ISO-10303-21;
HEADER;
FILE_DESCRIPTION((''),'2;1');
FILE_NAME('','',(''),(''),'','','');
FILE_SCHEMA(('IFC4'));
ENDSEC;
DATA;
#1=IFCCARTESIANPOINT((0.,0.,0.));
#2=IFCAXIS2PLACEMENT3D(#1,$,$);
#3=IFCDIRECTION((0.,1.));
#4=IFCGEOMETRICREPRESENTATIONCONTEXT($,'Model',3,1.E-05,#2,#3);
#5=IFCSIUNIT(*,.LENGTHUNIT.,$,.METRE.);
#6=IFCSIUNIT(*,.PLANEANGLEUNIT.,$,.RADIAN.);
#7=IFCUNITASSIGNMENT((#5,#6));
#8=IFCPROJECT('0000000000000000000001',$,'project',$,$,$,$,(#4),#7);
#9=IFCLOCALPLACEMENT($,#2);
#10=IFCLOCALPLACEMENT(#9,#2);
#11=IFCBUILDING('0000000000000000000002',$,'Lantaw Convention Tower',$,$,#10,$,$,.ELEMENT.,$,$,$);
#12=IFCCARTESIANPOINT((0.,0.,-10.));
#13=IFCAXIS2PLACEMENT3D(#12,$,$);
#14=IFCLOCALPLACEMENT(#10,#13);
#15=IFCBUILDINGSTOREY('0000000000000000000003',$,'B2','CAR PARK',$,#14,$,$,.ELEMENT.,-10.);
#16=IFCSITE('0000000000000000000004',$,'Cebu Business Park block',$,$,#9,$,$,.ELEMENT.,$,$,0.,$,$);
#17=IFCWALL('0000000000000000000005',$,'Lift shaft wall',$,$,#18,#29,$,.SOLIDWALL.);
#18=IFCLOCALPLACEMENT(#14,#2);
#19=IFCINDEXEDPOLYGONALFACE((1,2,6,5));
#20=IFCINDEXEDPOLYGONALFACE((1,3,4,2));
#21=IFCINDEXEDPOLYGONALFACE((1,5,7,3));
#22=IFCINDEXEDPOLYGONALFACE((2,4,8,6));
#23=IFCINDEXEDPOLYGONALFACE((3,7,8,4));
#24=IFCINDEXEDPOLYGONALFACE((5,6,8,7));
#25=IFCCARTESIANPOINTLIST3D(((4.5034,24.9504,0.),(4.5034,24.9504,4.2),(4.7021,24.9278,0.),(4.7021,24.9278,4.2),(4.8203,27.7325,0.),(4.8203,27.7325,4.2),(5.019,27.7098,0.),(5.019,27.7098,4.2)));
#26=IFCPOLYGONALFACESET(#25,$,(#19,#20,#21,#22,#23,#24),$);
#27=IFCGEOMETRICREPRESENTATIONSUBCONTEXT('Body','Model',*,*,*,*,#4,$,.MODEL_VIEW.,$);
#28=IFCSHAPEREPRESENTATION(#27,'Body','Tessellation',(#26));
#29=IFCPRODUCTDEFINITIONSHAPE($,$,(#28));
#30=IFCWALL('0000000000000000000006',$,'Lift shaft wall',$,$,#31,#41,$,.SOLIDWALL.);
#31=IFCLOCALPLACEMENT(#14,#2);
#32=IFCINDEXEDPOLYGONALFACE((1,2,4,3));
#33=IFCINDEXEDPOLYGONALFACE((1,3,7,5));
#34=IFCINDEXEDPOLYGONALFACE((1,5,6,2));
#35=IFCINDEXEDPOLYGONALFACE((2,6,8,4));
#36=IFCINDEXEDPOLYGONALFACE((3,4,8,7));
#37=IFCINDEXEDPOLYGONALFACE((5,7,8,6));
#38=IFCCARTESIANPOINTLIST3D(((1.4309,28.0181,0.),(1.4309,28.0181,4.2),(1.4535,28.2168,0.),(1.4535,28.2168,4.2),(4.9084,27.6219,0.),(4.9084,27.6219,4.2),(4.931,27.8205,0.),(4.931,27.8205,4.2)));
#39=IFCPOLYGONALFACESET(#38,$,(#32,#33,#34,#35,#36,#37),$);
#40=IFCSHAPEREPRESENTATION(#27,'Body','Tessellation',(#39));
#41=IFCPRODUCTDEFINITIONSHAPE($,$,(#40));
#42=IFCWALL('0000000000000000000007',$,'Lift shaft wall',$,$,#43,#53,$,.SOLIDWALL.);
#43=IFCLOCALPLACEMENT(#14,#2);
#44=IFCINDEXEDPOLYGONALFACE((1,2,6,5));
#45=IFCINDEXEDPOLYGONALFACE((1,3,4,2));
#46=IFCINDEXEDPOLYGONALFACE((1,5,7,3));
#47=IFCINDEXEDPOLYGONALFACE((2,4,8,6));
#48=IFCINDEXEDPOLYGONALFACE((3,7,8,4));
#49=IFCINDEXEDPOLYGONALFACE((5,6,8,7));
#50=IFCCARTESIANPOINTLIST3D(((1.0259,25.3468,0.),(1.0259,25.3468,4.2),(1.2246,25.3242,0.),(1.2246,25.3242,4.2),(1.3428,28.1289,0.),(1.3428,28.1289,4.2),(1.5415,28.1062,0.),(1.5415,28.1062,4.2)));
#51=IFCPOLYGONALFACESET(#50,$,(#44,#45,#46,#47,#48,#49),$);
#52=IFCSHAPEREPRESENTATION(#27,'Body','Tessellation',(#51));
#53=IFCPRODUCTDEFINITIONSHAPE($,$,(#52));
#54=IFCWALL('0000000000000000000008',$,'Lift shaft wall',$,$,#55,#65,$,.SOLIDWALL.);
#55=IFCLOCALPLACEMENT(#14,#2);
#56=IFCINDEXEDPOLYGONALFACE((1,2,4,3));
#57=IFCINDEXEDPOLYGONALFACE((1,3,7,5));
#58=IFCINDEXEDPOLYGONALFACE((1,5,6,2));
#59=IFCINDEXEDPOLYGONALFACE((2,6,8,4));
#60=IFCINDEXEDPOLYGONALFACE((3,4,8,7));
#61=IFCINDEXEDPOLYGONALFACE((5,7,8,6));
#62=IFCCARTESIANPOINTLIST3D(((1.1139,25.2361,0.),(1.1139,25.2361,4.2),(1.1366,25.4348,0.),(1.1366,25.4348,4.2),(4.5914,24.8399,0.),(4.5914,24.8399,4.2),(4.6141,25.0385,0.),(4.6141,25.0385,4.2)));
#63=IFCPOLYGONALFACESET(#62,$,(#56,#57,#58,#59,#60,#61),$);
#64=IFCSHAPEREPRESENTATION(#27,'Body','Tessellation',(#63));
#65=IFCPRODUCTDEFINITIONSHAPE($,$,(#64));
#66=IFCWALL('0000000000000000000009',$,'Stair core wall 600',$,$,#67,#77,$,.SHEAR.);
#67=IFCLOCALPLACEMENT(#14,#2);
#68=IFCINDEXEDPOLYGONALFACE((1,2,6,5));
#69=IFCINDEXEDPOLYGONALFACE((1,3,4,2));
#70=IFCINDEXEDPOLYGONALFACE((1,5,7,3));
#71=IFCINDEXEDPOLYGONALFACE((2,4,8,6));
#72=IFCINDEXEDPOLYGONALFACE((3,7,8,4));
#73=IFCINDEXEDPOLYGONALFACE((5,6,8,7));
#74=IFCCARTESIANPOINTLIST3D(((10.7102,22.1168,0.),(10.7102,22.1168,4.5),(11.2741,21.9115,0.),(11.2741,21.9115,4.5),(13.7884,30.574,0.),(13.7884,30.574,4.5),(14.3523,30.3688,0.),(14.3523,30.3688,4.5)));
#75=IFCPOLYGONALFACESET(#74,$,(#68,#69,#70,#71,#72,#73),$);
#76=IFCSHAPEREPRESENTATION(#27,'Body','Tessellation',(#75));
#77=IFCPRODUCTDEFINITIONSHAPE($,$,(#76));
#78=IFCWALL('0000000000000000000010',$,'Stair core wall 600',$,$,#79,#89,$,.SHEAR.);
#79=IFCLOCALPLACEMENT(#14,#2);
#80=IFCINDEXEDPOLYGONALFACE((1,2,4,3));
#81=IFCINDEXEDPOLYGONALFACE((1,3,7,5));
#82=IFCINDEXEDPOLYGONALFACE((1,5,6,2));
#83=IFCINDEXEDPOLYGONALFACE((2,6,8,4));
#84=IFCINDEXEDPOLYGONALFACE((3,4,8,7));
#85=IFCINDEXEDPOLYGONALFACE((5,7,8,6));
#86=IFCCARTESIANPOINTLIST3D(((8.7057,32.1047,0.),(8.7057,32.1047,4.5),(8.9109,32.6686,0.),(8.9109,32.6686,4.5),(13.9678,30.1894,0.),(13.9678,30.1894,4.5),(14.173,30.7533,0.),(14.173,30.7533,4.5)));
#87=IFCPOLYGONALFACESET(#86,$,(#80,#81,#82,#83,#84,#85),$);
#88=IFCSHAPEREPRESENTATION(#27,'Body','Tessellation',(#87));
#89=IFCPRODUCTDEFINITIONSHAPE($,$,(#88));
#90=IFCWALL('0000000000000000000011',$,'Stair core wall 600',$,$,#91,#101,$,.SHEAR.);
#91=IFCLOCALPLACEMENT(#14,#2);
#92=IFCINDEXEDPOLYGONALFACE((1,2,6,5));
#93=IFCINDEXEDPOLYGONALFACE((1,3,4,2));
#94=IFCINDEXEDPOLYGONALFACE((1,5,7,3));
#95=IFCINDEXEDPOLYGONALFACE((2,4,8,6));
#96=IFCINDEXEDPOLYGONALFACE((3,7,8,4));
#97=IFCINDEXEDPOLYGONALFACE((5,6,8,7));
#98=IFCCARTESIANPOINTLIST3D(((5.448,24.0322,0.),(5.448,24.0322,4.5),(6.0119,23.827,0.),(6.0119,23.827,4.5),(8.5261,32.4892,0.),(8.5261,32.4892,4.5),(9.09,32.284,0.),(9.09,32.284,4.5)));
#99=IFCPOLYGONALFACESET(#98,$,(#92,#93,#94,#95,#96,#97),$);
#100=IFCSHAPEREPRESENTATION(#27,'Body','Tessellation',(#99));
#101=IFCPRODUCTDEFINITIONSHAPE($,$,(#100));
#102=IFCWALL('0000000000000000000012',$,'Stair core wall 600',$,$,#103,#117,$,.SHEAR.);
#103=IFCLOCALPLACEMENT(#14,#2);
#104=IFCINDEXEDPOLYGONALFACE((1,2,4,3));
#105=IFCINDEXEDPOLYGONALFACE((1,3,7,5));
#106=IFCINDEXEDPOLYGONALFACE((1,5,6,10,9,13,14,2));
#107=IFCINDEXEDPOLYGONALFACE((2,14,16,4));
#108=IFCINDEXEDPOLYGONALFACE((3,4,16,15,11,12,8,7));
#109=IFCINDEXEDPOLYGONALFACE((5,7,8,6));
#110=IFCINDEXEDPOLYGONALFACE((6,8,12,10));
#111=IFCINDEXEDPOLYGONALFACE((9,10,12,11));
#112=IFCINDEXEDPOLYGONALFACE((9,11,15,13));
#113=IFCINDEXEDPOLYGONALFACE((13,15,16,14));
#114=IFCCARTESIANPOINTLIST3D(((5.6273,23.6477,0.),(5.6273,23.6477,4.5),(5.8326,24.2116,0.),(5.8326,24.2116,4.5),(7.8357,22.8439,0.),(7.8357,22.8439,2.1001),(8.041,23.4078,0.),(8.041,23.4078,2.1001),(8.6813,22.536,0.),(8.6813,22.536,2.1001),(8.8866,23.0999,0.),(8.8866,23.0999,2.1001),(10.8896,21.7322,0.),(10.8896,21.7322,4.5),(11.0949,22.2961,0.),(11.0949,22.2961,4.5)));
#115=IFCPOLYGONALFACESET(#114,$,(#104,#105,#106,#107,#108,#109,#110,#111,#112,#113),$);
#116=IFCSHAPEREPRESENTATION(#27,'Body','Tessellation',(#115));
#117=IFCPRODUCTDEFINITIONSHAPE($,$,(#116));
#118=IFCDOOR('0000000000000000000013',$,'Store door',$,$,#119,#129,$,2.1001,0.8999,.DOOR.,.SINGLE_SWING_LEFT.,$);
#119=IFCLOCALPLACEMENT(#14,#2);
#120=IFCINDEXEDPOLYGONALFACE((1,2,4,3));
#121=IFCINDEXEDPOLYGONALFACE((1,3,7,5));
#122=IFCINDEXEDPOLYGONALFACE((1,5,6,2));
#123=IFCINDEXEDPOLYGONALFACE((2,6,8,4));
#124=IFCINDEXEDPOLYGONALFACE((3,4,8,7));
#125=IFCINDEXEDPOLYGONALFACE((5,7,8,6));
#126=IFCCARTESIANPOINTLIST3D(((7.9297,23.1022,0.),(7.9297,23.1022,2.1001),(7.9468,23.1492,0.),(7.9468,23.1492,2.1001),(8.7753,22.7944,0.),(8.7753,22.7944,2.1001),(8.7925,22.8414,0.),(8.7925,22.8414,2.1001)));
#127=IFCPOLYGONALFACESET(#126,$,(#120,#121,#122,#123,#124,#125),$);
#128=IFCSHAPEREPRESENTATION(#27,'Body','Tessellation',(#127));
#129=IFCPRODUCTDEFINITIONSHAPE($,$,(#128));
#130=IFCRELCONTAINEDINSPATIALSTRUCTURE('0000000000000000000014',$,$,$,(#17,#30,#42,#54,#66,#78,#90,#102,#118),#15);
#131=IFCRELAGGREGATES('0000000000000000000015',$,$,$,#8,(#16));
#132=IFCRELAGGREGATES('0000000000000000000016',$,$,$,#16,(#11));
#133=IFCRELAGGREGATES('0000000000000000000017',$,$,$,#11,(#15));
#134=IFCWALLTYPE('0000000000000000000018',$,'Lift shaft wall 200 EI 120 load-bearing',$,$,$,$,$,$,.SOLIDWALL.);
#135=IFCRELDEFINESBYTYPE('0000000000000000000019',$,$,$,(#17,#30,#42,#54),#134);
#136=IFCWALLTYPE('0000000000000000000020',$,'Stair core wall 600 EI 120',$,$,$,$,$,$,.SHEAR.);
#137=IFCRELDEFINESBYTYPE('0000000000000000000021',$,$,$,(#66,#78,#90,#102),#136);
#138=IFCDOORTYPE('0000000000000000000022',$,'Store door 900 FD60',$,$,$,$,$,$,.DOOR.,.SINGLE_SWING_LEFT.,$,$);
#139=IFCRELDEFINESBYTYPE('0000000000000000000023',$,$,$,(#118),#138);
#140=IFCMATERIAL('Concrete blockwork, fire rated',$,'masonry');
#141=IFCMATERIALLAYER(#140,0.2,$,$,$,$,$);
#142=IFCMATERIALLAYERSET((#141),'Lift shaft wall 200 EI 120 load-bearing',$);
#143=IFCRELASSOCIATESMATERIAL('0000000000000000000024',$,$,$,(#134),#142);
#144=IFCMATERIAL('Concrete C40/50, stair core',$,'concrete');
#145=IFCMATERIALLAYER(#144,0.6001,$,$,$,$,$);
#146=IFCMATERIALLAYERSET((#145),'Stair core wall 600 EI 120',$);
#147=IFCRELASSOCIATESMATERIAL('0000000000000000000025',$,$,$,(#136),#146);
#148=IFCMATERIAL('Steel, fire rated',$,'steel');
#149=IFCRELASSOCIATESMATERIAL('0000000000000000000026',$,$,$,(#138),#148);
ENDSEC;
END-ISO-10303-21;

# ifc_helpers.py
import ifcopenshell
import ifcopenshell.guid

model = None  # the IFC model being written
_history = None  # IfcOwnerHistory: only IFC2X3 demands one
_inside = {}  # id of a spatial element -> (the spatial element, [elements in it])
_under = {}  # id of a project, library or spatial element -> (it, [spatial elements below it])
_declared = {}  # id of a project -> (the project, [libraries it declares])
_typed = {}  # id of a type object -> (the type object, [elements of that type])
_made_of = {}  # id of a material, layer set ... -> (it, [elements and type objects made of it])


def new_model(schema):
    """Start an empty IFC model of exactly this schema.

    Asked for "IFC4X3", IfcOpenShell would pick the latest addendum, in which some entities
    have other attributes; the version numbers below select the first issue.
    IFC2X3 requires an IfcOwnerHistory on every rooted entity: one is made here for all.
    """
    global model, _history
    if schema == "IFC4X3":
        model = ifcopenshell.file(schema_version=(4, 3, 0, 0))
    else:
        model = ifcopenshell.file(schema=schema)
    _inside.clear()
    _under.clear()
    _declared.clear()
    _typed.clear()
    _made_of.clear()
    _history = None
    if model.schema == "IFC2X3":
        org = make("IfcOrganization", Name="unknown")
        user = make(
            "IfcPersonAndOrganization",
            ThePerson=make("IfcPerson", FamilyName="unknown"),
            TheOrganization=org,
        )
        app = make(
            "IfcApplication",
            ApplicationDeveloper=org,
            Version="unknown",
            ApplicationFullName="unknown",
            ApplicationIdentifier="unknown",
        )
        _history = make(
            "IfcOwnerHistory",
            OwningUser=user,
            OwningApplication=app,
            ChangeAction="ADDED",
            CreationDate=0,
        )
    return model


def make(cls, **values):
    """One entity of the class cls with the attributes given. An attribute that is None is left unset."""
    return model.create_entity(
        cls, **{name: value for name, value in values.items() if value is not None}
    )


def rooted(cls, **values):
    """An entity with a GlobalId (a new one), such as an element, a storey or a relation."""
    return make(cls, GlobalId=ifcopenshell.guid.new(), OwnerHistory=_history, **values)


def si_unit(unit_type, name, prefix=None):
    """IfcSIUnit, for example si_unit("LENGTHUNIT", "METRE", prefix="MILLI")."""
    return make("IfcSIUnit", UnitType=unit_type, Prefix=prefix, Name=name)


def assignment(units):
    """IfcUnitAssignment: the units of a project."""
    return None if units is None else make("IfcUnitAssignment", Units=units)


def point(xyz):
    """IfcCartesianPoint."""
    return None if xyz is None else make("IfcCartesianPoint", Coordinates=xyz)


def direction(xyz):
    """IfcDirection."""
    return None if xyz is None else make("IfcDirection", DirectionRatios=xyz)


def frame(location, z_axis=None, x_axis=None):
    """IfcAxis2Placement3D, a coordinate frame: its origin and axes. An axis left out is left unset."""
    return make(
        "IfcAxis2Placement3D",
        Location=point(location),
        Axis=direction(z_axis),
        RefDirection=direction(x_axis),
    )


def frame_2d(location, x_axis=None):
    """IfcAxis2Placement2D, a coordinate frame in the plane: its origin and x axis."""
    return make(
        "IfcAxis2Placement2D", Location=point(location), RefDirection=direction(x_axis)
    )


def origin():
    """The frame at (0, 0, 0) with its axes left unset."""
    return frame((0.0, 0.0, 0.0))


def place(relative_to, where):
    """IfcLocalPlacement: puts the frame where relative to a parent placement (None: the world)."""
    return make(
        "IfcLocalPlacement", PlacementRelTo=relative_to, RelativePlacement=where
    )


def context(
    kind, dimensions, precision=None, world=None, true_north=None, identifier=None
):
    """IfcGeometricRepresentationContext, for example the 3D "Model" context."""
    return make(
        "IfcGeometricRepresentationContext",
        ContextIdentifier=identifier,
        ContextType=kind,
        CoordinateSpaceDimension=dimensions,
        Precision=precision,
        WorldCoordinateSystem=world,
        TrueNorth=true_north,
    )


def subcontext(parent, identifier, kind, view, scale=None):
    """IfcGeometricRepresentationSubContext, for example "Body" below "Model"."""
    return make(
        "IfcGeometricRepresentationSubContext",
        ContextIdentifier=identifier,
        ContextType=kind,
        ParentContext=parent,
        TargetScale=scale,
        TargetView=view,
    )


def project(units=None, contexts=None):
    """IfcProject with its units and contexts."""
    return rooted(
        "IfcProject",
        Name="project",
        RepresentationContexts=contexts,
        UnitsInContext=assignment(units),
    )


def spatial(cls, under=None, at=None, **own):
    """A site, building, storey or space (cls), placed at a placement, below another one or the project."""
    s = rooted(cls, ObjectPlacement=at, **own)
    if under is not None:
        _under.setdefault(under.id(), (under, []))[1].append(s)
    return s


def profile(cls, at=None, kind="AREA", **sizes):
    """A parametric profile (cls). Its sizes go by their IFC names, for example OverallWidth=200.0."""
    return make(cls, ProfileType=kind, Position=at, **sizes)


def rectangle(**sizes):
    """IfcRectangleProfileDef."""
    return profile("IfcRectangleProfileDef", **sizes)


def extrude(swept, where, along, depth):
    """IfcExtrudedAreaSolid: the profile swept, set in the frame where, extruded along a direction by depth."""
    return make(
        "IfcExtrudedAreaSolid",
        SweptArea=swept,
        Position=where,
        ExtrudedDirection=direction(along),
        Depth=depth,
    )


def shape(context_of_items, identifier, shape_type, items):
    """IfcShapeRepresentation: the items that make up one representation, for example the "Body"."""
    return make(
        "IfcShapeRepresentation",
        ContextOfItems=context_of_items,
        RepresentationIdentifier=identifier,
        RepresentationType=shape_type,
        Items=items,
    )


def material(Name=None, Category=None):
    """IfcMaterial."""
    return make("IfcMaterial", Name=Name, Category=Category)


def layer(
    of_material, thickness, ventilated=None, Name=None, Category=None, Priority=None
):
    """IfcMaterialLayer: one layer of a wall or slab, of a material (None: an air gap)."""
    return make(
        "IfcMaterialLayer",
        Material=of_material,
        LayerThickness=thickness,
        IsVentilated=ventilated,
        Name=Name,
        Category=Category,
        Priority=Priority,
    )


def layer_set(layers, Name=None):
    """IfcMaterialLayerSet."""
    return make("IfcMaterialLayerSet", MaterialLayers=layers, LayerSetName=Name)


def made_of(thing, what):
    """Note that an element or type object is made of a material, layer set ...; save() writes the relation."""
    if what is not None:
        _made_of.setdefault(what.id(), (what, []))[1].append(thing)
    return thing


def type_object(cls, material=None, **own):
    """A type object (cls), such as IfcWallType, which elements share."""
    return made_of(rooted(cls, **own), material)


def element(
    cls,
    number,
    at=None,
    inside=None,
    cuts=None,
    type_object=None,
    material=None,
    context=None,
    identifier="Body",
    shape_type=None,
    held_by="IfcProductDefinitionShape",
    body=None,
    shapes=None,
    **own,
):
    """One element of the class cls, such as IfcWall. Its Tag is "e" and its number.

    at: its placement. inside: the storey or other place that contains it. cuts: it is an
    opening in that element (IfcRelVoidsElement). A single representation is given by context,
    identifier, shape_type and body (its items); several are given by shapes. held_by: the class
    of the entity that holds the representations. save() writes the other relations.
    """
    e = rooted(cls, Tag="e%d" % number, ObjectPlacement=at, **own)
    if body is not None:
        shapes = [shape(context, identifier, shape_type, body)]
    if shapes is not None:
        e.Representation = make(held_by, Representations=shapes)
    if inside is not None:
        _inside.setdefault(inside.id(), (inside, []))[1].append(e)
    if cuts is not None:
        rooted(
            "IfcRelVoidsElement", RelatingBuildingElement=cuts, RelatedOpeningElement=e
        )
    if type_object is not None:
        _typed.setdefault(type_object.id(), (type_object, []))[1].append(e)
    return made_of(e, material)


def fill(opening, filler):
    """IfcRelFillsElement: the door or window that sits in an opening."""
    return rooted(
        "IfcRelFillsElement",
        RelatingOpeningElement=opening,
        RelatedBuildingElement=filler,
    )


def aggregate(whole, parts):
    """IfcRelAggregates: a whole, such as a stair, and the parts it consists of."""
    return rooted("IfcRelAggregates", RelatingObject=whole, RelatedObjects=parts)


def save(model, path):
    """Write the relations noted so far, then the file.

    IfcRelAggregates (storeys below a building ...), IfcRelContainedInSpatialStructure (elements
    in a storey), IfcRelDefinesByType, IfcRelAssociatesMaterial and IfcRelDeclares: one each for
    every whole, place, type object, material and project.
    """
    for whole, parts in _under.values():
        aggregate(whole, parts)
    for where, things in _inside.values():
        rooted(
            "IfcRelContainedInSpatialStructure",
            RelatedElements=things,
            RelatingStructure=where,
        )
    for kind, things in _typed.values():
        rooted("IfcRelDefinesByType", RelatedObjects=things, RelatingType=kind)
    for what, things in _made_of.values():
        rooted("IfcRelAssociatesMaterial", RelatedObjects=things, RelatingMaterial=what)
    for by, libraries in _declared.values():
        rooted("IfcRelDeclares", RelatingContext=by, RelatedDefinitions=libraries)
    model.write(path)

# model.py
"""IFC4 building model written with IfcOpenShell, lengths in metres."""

from ifc_helpers import new_model, si_unit, direction, frame, frame_2d, origin, place, context, subcontext, project, spatial, rectangle, extrude, material, layer, layer_set, type_object, element, fill, save


model = new_model("IFC4")

# Units and contexts
model_context = context("Model", 3, precision=1e-05, world=origin(), true_north=direction((0.0, 1.0)))
body_context = subcontext(model_context, "Body", "Model", "MODEL_VIEW")
ifc_project = project(units=[si_unit("LENGTHUNIT", "METRE"), si_unit("PLANEANGLEUNIT", "RADIAN")], contexts=[model_context])

# Site, building, storey
site_placement = place(None, origin())
site = spatial("IfcSite", under=ifc_project, at=site_placement, Name="Cebu Business Park block", CompositionType="ELEMENT", RefElevation=0.0)
building_placement = place(site_placement, origin())
building = spatial("IfcBuilding", under=site, at=building_placement, Name="Lantaw Convention Tower", CompositionType="ELEMENT")
storey_placement = place(building_placement, frame((0.0, 0.0, -10.0)))
storey = spatial("IfcBuildingStorey", under=building, at=storey_placement, Name="B2", Description="CAR PARK", CompositionType="ELEMENT", Elevation=-10.0)

# Walls
ifc_material_1 = material(Name="Concrete blockwork, fire rated", Category="masonry")
ifc_layer_1 = layer(ifc_material_1, 0.2)
ifc_layer_set_1 = layer_set([ifc_layer_1], Name="Lift shaft wall 200 EI 120 load-bearing")
wall_type_1 = type_object("IfcWallType", Name="Lift shaft wall 200 EI 120 load-bearing", PredefinedType="SOLIDWALL", material=ifc_layer_set_1)
wall_1_placement = place(storey_placement, frame((4.6028, 24.9392, 0.0), z_axis=(0.0, 0.0, 1.0), x_axis=(0.113178, 0.993575, 0.0)))
element("IfcWall", 1, at=wall_1_placement, inside=storey, type_object=wall_type_1, Name="Lift shaft wall", PredefinedType="SOLIDWALL", context=body_context, shape_type="SweptSolid", body=[
    extrude(rectangle(XDim=2.8, YDim=0.2, at=frame_2d((1.3999, 0.0))), origin(), (0.0, 0.0, 1.0), 4.2),
])
wall_2_placement = place(storey_placement, frame((4.9197, 27.7212, 0.0), z_axis=(0.0, 0.0, 1.0), x_axis=(-0.993571, 0.11321, 0.0)))
element("IfcWall", 2, at=wall_2_placement, inside=storey, type_object=wall_type_1, Name="Lift shaft wall", PredefinedType="SOLIDWALL", context=body_context, shape_type="SweptSolid", body=[
    extrude(rectangle(XDim=3.5, YDim=0.2, at=frame_2d((1.75, 0.0))), origin(), (0.0, 0.0, 1.0), 4.2),
])
wall_3_placement = place(storey_placement, frame((1.4421, 28.1174, 0.0), z_axis=(0.0, 0.0, 1.0), x_axis=(-0.113178, -0.993575, 0.0)))
element("IfcWall", 3, at=wall_3_placement, inside=storey, type_object=wall_type_1, Name="Lift shaft wall", PredefinedType="SOLIDWALL", context=body_context, shape_type="SweptSolid", body=[
    extrude(rectangle(XDim=2.8, YDim=0.2, at=frame_2d((1.3999, 0.0))), origin(), (0.0, 0.0, 1.0), 4.2),
])
wall_4_placement = place(storey_placement, frame((1.1252, 25.3354, 0.0), z_axis=(0.0, 0.0, 1.0), x_axis=(0.993571, -0.11321, 0.0)))
element("IfcWall", 4, at=wall_4_placement, inside=storey, type_object=wall_type_1, Name="Lift shaft wall", PredefinedType="SOLIDWALL", context=body_context, shape_type="SweptSolid", body=[
    extrude(rectangle(XDim=3.5, YDim=0.2, at=frame_2d((1.75, 0.0))), origin(), (0.0, 0.0, 1.0), 4.2),
])
ifc_material_2 = material(Name="Concrete C40/50, stair core", Category="concrete")
ifc_layer_2 = layer(ifc_material_2, 0.6001)
ifc_layer_set_2 = layer_set([ifc_layer_2], Name="Stair core wall 600 EI 120")
wall_type_2 = type_object("IfcWallType", Name="Stair core wall 600 EI 120", PredefinedType="SHEAR", material=ifc_layer_set_2)
wall_5_placement = place(storey_placement, frame((10.9922, 22.0142, 0.0), z_axis=(0.0, 0.0, 1.0), x_axis=(0.342013, 0.939695, 0.0)))
element("IfcWall", 5, at=wall_5_placement, inside=storey, type_object=wall_type_2, Name="Stair core wall 600", PredefinedType="SHEAR", context=body_context, shape_type="SweptSolid", body=[
    extrude(rectangle(XDim=9.0, YDim=0.6001, at=frame_2d((4.5, 0.0))), origin(), (0.0, 0.0, 1.0), 4.5),
])
wall_6_placement = place(storey_placement, frame((14.0703, 30.4714, 0.0), z_axis=(0.0, 0.0, 1.0), x_axis=(-0.939693, 0.34202, 0.0)))
element("IfcWall", 6, at=wall_6_placement, inside=storey, type_object=wall_type_2, Name="Stair core wall 600", PredefinedType="SHEAR", context=body_context, shape_type="SweptSolid", body=[
    extrude(rectangle(XDim=5.5999, YDim=0.6001, at=frame_2d((2.7998, 0.0))), origin(), (0.0, 0.0, 1.0), 4.5),
])
wall_7_placement = place(storey_placement, frame((8.8081, 32.3867, 0.0), z_axis=(0.0, 0.0, 1.0), x_axis=(-0.342022, -0.939692, 0.0)))
element("IfcWall", 7, at=wall_7_placement, inside=storey, type_object=wall_type_2, Name="Stair core wall 600", PredefinedType="SHEAR", context=body_context, shape_type="SweptSolid", body=[
    extrude(rectangle(XDim=8.9998, YDim=0.6001, at=frame_2d((4.5, 0.0))), origin(), (0.0, 0.0, 1.0), 4.5),
])

# Wall, opening, door
wall_8_placement = place(storey_placement, frame((5.73, 23.9297, 0.0), z_axis=(0.0, 0.0, 1.0), x_axis=(0.939679, -0.342058, 0.0)))
wall_8 = element("IfcWall", 8, at=wall_8_placement, inside=storey, type_object=wall_type_2, Name="Stair core wall 600", PredefinedType="SHEAR", context=body_context, shape_type="SweptSolid", body=[
    extrude(rectangle(XDim=5.6001, YDim=0.6001, at=frame_2d((2.8, 0.0))), origin(), (0.0, 0.0, 1.0), 4.5),
])
opening_placement = place(wall_8_placement, frame((2.3501, 0.0, 0.0)))
opening = element("IfcOpeningElement", 9, at=opening_placement, cuts=wall_8, PredefinedType="OPENING", context=body_context, shape_type="SweptSolid", body=[
    extrude(rectangle(XDim=0.8999, YDim=2.1001, at=frame_2d((0.45, 1.05))), frame((0.0, 0.3101, 0.0), z_axis=(0.0, -1.0, 0.0), x_axis=(1.0, 0.0, 0.0)), (0.0, 0.0, 1.0), 0.6201),
])
ifc_material_3 = material(Name="Steel, fire rated", Category="steel")
door_type = type_object("IfcDoorType", Name="Store door 900 FD60", OperationType="SINGLE_SWING_LEFT", PredefinedType="DOOR", material=ifc_material_3)
door_placement = place(opening_placement, origin())
door = element("IfcDoor", 10, at=door_placement, inside=storey, type_object=door_type, Name="Store door", OperationType="SINGLE_SWING_LEFT", OverallHeight=2.1001, OverallWidth=0.8999, PredefinedType="DOOR", context=body_context, shape_type="SweptSolid", body=[
    extrude(rectangle(XDim=0.8999, YDim=2.1001, at=frame_2d((0.45, 1.05))), frame((0.0, 0.0249, 0.0), z_axis=(0.0, -1.0, 0.0), x_axis=(1.0, 0.0, 0.0)), (0.0, 0.0, 1.0), 0.05),
])
fill(opening, door)

save(model, "model.ifc")
